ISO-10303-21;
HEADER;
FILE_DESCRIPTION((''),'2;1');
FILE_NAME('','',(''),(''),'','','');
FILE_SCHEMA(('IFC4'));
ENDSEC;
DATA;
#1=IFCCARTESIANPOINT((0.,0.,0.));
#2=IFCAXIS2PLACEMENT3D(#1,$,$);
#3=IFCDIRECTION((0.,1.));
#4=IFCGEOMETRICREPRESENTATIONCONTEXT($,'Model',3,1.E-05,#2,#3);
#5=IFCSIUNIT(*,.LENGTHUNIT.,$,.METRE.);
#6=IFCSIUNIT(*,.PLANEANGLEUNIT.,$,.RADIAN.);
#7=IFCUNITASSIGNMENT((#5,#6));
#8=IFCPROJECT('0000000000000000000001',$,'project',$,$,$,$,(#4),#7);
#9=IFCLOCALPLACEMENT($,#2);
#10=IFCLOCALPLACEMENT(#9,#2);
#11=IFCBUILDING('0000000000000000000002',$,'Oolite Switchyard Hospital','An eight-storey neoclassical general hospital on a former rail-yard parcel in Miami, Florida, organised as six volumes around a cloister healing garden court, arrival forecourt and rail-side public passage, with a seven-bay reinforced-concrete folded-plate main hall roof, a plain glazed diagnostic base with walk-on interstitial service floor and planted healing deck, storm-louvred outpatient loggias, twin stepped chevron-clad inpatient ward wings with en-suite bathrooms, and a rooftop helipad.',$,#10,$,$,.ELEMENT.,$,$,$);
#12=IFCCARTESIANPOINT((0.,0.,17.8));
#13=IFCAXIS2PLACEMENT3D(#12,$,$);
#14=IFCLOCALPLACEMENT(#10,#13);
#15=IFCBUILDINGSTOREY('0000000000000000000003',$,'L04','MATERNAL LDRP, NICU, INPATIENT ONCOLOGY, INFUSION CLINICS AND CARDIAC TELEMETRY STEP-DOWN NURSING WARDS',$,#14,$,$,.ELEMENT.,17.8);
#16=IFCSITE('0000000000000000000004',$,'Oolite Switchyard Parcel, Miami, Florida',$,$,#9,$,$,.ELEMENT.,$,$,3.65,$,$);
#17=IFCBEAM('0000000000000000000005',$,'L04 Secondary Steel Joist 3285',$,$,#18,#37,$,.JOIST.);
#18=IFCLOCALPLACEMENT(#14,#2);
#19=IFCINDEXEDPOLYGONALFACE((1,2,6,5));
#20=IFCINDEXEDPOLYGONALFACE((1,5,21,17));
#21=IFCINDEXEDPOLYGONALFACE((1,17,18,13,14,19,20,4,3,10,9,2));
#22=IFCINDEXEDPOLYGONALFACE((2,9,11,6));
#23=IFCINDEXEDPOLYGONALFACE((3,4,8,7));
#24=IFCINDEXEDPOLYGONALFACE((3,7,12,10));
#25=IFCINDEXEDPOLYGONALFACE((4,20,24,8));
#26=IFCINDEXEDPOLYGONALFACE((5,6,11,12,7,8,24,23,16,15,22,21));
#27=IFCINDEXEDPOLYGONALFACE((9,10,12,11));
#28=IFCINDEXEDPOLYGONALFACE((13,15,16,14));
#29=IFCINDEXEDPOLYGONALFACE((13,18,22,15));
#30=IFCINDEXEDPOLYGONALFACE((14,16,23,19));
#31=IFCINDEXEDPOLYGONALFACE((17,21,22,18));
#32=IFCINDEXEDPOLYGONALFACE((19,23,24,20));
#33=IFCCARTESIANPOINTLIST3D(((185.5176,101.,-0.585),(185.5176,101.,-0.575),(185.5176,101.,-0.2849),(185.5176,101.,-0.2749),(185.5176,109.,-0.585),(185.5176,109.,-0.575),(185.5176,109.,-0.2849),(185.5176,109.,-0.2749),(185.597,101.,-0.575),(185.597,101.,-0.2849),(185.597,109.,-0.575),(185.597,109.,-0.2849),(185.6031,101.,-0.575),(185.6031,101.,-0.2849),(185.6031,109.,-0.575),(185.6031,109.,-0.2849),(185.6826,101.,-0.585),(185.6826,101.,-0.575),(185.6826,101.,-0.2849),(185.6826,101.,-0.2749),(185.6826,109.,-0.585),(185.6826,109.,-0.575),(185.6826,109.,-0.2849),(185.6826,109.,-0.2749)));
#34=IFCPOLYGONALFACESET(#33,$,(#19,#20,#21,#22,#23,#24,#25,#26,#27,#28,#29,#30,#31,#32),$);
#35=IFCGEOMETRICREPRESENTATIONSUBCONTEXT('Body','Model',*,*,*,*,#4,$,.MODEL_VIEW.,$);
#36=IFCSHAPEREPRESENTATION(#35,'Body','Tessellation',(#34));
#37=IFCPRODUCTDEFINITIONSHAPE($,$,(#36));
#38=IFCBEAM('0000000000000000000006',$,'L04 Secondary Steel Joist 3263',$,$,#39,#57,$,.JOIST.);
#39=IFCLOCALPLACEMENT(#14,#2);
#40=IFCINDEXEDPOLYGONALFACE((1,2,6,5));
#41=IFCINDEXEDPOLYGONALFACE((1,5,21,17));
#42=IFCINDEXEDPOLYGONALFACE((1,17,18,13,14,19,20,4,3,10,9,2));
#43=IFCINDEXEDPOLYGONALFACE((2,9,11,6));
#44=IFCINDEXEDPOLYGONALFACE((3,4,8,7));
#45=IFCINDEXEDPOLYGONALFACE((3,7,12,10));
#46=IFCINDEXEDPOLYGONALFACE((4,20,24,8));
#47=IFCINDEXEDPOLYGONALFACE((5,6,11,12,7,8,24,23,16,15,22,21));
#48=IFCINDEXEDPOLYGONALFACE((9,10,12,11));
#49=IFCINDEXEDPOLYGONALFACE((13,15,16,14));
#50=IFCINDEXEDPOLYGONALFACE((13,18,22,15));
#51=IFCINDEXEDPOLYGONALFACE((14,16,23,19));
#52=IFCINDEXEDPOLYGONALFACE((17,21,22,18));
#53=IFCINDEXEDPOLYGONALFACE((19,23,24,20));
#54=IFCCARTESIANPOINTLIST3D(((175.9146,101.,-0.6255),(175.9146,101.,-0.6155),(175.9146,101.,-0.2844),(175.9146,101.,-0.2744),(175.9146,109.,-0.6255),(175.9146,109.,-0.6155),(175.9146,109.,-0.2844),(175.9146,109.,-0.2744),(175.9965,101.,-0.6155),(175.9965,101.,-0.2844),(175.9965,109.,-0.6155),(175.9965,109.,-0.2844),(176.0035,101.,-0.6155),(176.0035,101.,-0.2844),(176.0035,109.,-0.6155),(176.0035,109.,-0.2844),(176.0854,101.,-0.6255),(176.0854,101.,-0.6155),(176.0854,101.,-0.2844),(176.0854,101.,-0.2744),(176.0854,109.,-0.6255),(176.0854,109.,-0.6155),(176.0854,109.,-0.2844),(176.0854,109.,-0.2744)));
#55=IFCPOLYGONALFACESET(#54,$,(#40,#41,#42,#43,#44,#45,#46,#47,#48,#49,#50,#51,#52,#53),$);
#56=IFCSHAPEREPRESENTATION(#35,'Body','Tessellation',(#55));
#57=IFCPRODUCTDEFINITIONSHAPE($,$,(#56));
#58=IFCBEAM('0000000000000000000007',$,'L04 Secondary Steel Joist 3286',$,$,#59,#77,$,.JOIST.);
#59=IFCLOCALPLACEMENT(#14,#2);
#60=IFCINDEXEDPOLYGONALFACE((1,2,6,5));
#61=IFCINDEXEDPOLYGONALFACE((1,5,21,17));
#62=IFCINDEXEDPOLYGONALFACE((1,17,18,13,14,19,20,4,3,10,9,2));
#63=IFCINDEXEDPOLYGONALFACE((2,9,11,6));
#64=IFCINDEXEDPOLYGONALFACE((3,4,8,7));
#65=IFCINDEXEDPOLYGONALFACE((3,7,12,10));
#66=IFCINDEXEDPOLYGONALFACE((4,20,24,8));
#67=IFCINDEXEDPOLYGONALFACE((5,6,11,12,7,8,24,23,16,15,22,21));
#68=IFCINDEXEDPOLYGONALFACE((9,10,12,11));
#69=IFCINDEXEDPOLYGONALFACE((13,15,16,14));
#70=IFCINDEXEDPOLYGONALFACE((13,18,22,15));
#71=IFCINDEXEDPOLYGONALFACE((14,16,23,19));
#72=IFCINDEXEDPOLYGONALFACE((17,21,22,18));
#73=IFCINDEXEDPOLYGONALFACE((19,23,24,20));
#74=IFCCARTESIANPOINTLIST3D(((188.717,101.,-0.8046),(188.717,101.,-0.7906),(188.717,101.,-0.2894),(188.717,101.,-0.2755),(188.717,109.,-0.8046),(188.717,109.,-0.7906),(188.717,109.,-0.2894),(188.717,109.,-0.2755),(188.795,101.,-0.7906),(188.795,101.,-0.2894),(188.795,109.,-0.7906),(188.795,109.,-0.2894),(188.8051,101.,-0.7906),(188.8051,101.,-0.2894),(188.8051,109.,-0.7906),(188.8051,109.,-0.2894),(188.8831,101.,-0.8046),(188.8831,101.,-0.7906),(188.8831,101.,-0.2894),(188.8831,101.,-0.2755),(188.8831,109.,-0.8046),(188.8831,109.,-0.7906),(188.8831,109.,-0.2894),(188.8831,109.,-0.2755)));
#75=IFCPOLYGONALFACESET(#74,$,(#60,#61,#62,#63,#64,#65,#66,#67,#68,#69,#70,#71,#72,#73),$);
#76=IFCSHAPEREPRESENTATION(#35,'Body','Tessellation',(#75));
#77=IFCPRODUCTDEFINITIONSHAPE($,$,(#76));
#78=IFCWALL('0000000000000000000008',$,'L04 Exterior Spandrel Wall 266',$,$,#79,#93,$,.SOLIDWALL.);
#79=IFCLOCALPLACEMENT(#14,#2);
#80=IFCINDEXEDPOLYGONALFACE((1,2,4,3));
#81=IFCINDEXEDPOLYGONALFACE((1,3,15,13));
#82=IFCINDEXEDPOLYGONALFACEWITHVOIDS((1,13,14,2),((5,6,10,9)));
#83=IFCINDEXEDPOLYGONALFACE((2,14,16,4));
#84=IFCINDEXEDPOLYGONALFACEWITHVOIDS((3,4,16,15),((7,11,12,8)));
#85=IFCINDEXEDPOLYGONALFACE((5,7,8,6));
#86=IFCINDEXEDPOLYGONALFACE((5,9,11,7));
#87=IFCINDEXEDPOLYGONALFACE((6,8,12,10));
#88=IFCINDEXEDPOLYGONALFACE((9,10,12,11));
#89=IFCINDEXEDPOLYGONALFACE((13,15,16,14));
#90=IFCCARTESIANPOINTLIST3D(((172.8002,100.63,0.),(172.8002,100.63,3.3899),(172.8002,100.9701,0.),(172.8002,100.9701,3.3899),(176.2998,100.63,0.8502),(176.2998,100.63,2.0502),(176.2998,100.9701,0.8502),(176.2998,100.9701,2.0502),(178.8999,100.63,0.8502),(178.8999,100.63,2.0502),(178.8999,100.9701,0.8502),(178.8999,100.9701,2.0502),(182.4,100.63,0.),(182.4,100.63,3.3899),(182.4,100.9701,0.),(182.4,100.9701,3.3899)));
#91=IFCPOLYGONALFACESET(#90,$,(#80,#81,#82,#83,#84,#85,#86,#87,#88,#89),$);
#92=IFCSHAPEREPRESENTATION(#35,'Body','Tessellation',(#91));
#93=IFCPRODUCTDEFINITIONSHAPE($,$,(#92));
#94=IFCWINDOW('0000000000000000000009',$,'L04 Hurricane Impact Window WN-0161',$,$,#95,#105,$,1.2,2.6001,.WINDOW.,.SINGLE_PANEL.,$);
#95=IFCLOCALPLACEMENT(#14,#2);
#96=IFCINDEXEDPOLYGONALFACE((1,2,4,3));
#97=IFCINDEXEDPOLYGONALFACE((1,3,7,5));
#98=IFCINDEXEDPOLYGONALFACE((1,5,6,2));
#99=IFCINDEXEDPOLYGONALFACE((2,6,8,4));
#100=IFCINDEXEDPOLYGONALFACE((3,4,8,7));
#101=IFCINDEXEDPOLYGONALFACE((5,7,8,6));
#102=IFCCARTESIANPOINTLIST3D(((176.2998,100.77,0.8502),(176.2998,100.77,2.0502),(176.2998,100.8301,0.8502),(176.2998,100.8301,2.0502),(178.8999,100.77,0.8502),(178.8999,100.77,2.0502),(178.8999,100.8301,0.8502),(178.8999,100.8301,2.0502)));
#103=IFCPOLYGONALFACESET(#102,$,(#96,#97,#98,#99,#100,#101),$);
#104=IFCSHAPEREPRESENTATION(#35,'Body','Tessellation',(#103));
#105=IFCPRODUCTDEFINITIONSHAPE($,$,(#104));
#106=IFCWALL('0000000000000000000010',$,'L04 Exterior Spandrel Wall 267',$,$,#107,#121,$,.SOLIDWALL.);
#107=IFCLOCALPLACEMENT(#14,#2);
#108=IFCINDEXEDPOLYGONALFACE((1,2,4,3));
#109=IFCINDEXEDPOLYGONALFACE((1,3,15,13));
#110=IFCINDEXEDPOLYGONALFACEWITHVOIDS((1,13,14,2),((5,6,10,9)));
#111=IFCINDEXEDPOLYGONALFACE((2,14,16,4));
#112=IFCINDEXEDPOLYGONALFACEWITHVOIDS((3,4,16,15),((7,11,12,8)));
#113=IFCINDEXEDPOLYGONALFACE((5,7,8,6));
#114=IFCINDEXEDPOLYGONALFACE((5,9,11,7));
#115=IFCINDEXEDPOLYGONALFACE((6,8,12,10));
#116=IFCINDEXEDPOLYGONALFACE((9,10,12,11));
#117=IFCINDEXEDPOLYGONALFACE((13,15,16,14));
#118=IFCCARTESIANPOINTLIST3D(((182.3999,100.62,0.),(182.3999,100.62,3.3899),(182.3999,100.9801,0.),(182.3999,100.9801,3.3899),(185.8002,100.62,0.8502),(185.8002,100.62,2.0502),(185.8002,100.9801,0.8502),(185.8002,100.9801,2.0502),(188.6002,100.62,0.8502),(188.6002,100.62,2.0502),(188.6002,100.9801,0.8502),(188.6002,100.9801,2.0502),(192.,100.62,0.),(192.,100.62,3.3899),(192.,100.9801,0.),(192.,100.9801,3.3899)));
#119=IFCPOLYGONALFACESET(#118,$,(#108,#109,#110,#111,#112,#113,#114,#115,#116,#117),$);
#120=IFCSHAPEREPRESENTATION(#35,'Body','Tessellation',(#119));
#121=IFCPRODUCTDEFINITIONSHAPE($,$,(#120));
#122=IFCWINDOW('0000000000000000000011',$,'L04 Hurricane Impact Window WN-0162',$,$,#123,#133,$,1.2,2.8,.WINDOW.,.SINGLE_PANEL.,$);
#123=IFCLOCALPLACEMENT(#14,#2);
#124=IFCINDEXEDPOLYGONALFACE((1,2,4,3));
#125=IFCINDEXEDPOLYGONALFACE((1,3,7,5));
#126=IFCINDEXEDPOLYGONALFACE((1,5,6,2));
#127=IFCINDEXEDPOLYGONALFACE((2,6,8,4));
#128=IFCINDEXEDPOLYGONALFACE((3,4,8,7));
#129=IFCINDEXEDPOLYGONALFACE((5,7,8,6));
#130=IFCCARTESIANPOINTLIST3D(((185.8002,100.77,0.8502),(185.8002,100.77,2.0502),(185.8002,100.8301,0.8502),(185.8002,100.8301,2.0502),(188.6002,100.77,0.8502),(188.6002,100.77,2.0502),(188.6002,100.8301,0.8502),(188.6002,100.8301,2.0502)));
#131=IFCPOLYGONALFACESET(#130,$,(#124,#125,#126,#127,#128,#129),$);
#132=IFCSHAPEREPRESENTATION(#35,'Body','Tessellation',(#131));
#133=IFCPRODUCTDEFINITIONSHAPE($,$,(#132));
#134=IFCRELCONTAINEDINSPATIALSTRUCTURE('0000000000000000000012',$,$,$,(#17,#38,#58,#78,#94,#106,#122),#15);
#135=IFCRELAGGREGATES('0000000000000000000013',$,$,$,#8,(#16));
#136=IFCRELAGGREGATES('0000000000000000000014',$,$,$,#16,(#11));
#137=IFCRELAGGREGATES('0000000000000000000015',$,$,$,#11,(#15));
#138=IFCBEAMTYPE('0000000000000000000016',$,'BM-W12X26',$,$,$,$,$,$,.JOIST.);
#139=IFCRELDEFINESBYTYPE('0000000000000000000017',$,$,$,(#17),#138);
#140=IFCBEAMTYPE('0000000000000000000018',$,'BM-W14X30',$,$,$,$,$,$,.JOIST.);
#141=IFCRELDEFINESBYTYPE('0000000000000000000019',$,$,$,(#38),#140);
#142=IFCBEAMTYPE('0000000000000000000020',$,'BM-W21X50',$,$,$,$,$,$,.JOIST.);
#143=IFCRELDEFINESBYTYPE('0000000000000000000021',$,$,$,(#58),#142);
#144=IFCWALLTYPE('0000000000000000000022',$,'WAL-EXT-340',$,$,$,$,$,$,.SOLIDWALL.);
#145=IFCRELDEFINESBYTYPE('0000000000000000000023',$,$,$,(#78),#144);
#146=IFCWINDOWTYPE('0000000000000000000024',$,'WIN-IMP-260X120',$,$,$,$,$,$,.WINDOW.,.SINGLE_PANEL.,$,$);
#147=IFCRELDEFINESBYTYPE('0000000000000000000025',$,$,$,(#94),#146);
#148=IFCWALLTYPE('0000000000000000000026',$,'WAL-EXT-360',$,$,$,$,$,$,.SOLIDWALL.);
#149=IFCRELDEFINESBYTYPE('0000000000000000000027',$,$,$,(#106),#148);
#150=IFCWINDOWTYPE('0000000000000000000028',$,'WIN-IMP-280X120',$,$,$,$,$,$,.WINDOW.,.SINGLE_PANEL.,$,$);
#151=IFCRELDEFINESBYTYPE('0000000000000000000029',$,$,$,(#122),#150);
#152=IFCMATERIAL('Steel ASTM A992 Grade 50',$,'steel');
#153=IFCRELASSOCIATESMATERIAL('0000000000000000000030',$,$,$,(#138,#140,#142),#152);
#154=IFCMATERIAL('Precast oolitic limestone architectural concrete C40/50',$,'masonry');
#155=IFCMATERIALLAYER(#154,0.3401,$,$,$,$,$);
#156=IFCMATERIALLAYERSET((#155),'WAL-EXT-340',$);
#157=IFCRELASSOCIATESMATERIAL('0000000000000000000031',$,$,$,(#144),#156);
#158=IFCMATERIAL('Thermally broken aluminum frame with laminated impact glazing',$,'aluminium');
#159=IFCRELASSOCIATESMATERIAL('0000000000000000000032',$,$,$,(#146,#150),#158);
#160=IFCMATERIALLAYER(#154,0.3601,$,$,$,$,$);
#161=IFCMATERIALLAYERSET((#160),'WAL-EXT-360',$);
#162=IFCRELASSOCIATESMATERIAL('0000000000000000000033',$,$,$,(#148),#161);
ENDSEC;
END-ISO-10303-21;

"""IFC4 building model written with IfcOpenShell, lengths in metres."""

from ifc_helpers import new_model, si_unit, direction, frame, frame_2d, origin, origin_2d, place, context, subcontext, project, spatial, rectangle, i_section, extrude, material, layer, layer_set, material_profile, profile_set, type_object, element, fill, save


model = new_model("IFC4")

# Units and contexts
model_context = context("Model", 3, precision=1e-05, world=origin(), true_north=direction((0.0, 1.0)))
body_context = subcontext(model_context, "Body", "Model", "MODEL_VIEW")
ifc_project = project(units=[si_unit("LENGTHUNIT", "METRE"), si_unit("PLANEANGLEUNIT", "RADIAN")], contexts=[model_context])

# Site, building, storey
site_placement = place(None, origin())
site = spatial("IfcSite", under=ifc_project, at=site_placement, Name="Oolite Switchyard Parcel, Miami, Florida", CompositionType="ELEMENT", RefElevation=3.65)
building_placement = place(site_placement, origin())
building = spatial("IfcBuilding", under=site, at=building_placement, Name="Oolite Switchyard Hospital", Description="An eight-storey neoclassical general hospital on a former rail-yard parcel in Miami, Florida, organised as six volumes around a cloister healing garden court, arrival forecourt and rail-side public passage, with a seven-bay reinforced-concrete folded-plate main hall roof, a plain glazed diagnostic base with walk-on interstitial service floor and planted healing deck, storm-louvred outpatient loggias, twin stepped chevron-clad inpatient ward wings with en-suite bathrooms, and a rooftop helipad.", CompositionType="ELEMENT")
storey_placement = place(building_placement, frame((0.0, 0.0, 17.8)))
storey = spatial("IfcBuildingStorey", under=building, at=storey_placement, Name="L04", Description="MATERNAL LDRP, NICU, INPATIENT ONCOLOGY, INFUSION CLINICS AND CARDIAC TELEMETRY STEP-DOWN NURSING WARDS", CompositionType="ELEMENT", Elevation=17.8)

# Beams
ifc_material_1 = material(Name="Steel ASTM A992 Grade 50", Category="steel")
ifc_material_profile_1 = material_profile(ifc_material_1, i_section(OverallWidth=0.165, OverallDepth=0.3101, WebThickness=0.0061, FlangeThickness=0.01, at=origin_2d()), Name="W12X26")
ifc_profile_set_1 = profile_set([ifc_material_profile_1], Name="Steel ASTM A992 Grade 50")
beam_type_1 = type_object("IfcBeamType", Name="BM-W12X26", PredefinedType="JOIST", material=ifc_profile_set_1)
for number, where, z_axis, x_axis, name in (
    (1, (185.6001, 101.0, -0.4299), (0.0, 1.0, 0.0), (-1.0, 0.0, 0.0), "L04 Secondary Steel Joist 3285"),
):
    element("IfcBeam", number, at=place(storey_placement, frame(where, z_axis=z_axis, x_axis=x_axis)), inside=storey, type_object=beam_type_1, Name=name, PredefinedType="JOIST", context=body_context, shape_type="SweptSolid", body=[
        extrude(i_section(OverallWidth=0.165, OverallDepth=0.3101, WebThickness=0.0061, FlangeThickness=0.01, at=origin_2d()), origin(), (0.0, 0.0, 1.0), 8.0),
    ])
ifc_material_profile_2 = material_profile(ifc_material_1, i_section(OverallWidth=0.1709, OverallDepth=0.3511, WebThickness=0.0071, FlangeThickness=0.01, at=origin_2d()), Name="W14X30")
ifc_profile_set_2 = profile_set([ifc_material_profile_2], Name="Steel ASTM A992 Grade 50")
beam_type_2 = type_object("IfcBeamType", Name="BM-W14X30", PredefinedType="JOIST", material=ifc_profile_set_2)
beam_1_placement = place(storey_placement, frame((176.0, 101.0, -0.45), z_axis=(0.0, 1.0, 0.0), x_axis=(-1.0, 0.0, 0.0)))
element("IfcBeam", 2, at=beam_1_placement, inside=storey, type_object=beam_type_2, Name="L04 Secondary Steel Joist 3263", PredefinedType="JOIST", context=body_context, shape_type="SweptSolid", body=[
    extrude(i_section(OverallWidth=0.1709, OverallDepth=0.3511, WebThickness=0.0071, FlangeThickness=0.01, at=origin_2d()), origin(), (0.0, 0.0, 1.0), 8.0),
])
ifc_material_profile_3 = material_profile(ifc_material_1, i_section(OverallWidth=0.166, OverallDepth=0.5291, WebThickness=0.01, FlangeThickness=0.0139, at=origin_2d()), Name="W21X50")
ifc_profile_set_3 = profile_set([ifc_material_profile_3], Name="Steel ASTM A992 Grade 50")
beam_type_3 = type_object("IfcBeamType", Name="BM-W21X50", PredefinedType="JOIST", material=ifc_profile_set_3)
beam_2_placement = place(storey_placement, frame((188.8, 101.0, -0.54), z_axis=(0.0, 1.0, 0.0), x_axis=(-1.0, 0.0, 0.0)))
element("IfcBeam", 3, at=beam_2_placement, inside=storey, type_object=beam_type_3, Name="L04 Secondary Steel Joist 3286", PredefinedType="JOIST", context=body_context, shape_type="SweptSolid", body=[
    extrude(i_section(OverallWidth=0.166, OverallDepth=0.5291, WebThickness=0.01, FlangeThickness=0.0139, at=origin_2d()), origin(), (0.0, 0.0, 1.0), 8.0),
])

# Walls, openings, windows
ifc_material_2 = material(Name="Precast oolitic limestone architectural concrete C40/50", Category="masonry")
ifc_layer_1 = layer(ifc_material_2, 0.3401)
ifc_layer_set_1 = layer_set([ifc_layer_1], Name="WAL-EXT-340")
wall_type_1 = type_object("IfcWallType", Name="WAL-EXT-340", PredefinedType="SOLIDWALL", material=ifc_layer_set_1)
wall_1_placement = place(storey_placement, frame((182.3999, 100.8, 0.0), z_axis=(0.0, 0.0, 1.0), x_axis=(-1.0, 0.0, 0.0)))
wall_1 = element("IfcWall", 4, at=wall_1_placement, inside=storey, type_object=wall_type_1, Name="L04 Exterior Spandrel Wall 266", PredefinedType="SOLIDWALL", context=body_context, shape_type="SweptSolid", body=[
    extrude(rectangle(XDim=9.5999, YDim=0.3401, at=frame_2d((4.7998, 0.0))), origin(), (0.0, 0.0, 1.0), 3.3899),
])
opening_1_placement = place(wall_1_placement, frame((3.5, 0.0, 0.8501)))
opening_1 = element("IfcOpeningElement", 5, at=opening_1_placement, cuts=wall_1, PredefinedType="OPENING", context=body_context, shape_type="SweptSolid", body=[
    extrude(rectangle(XDim=2.6001, YDim=1.2, at=frame_2d((1.3, 0.6001))), frame((0.0, 0.1802, 0.0), z_axis=(0.0, -1.0, 0.0), x_axis=(1.0, 0.0, 0.0)), (0.0, 0.0, 1.0), 0.3601),
])
ifc_material_3 = material(Name="Thermally broken aluminum frame with laminated impact glazing", Category="aluminium")
window_type_1 = type_object("IfcWindowType", Name="WIN-IMP-260X120", PartitioningType="SINGLE_PANEL", PredefinedType="WINDOW", material=ifc_material_3)
window_1_placement = place(opening_1_placement, origin())
window_1 = element("IfcWindow", 6, at=window_1_placement, inside=storey, type_object=window_type_1, Name="L04 Hurricane Impact Window WN-0161", OverallHeight=1.2, OverallWidth=2.6001, PartitioningType="SINGLE_PANEL", PredefinedType="WINDOW", context=body_context, shape_type="SweptSolid", body=[
    extrude(rectangle(XDim=2.6001, YDim=1.2, at=frame_2d((1.3, 0.6001))), frame((0.0, 0.03, 0.0), z_axis=(0.0, -1.0, 0.0), x_axis=(1.0, 0.0, 0.0)), (0.0, 0.0, 1.0), 0.0601),
])
fill(opening_1, window_1)
ifc_layer_2 = layer(ifc_material_2, 0.3601)
ifc_layer_set_2 = layer_set([ifc_layer_2], Name="WAL-EXT-360")
wall_type_2 = type_object("IfcWallType", Name="WAL-EXT-360", PredefinedType="SOLIDWALL", material=ifc_layer_set_2)
wall_2_placement = place(storey_placement, frame((192.0, 100.8, 0.0), z_axis=(0.0, 0.0, 1.0), x_axis=(-1.0, 0.0, 0.0)))
wall_2 = element("IfcWall", 7, at=wall_2_placement, inside=storey, type_object=wall_type_2, Name="L04 Exterior Spandrel Wall 267", PredefinedType="SOLIDWALL", context=body_context, shape_type="SweptSolid", body=[
    extrude(rectangle(XDim=9.6001, YDim=0.3601, at=frame_2d((4.8, 0.0))), origin(), (0.0, 0.0, 1.0), 3.3899),
])
opening_2_placement = place(wall_2_placement, frame((3.3999, 0.0, 0.8501)))
opening_2 = element("IfcOpeningElement", 8, at=opening_2_placement, cuts=wall_2, PredefinedType="OPENING", context=body_context, shape_type="SweptSolid", body=[
    extrude(rectangle(XDim=2.8, YDim=1.2, at=frame_2d((1.3999, 0.6001))), frame((0.0, 0.1899, 0.0), z_axis=(0.0, -1.0, 0.0), x_axis=(1.0, 0.0, 0.0)), (0.0, 0.0, 1.0), 0.3801),
])
window_type_2 = type_object("IfcWindowType", Name="WIN-IMP-280X120", PartitioningType="SINGLE_PANEL", PredefinedType="WINDOW", material=ifc_material_3)
window_2_placement = place(opening_2_placement, origin())
window_2 = element("IfcWindow", 9, at=window_2_placement, inside=storey, type_object=window_type_2, Name="L04 Hurricane Impact Window WN-0162", OverallHeight=1.2, OverallWidth=2.8, PartitioningType="SINGLE_PANEL", PredefinedType="WINDOW", context=body_context, shape_type="SweptSolid", body=[
    extrude(rectangle(XDim=2.8, YDim=1.2, at=frame_2d((1.3999, 0.6001))), frame((0.0, 0.03, 0.0), z_axis=(0.0, -1.0, 0.0), x_axis=(1.0, 0.0, 0.0)), (0.0, 0.0, 1.0), 0.0601),
])
fill(opening_2, window_2)

save(model, "model.ifc")
